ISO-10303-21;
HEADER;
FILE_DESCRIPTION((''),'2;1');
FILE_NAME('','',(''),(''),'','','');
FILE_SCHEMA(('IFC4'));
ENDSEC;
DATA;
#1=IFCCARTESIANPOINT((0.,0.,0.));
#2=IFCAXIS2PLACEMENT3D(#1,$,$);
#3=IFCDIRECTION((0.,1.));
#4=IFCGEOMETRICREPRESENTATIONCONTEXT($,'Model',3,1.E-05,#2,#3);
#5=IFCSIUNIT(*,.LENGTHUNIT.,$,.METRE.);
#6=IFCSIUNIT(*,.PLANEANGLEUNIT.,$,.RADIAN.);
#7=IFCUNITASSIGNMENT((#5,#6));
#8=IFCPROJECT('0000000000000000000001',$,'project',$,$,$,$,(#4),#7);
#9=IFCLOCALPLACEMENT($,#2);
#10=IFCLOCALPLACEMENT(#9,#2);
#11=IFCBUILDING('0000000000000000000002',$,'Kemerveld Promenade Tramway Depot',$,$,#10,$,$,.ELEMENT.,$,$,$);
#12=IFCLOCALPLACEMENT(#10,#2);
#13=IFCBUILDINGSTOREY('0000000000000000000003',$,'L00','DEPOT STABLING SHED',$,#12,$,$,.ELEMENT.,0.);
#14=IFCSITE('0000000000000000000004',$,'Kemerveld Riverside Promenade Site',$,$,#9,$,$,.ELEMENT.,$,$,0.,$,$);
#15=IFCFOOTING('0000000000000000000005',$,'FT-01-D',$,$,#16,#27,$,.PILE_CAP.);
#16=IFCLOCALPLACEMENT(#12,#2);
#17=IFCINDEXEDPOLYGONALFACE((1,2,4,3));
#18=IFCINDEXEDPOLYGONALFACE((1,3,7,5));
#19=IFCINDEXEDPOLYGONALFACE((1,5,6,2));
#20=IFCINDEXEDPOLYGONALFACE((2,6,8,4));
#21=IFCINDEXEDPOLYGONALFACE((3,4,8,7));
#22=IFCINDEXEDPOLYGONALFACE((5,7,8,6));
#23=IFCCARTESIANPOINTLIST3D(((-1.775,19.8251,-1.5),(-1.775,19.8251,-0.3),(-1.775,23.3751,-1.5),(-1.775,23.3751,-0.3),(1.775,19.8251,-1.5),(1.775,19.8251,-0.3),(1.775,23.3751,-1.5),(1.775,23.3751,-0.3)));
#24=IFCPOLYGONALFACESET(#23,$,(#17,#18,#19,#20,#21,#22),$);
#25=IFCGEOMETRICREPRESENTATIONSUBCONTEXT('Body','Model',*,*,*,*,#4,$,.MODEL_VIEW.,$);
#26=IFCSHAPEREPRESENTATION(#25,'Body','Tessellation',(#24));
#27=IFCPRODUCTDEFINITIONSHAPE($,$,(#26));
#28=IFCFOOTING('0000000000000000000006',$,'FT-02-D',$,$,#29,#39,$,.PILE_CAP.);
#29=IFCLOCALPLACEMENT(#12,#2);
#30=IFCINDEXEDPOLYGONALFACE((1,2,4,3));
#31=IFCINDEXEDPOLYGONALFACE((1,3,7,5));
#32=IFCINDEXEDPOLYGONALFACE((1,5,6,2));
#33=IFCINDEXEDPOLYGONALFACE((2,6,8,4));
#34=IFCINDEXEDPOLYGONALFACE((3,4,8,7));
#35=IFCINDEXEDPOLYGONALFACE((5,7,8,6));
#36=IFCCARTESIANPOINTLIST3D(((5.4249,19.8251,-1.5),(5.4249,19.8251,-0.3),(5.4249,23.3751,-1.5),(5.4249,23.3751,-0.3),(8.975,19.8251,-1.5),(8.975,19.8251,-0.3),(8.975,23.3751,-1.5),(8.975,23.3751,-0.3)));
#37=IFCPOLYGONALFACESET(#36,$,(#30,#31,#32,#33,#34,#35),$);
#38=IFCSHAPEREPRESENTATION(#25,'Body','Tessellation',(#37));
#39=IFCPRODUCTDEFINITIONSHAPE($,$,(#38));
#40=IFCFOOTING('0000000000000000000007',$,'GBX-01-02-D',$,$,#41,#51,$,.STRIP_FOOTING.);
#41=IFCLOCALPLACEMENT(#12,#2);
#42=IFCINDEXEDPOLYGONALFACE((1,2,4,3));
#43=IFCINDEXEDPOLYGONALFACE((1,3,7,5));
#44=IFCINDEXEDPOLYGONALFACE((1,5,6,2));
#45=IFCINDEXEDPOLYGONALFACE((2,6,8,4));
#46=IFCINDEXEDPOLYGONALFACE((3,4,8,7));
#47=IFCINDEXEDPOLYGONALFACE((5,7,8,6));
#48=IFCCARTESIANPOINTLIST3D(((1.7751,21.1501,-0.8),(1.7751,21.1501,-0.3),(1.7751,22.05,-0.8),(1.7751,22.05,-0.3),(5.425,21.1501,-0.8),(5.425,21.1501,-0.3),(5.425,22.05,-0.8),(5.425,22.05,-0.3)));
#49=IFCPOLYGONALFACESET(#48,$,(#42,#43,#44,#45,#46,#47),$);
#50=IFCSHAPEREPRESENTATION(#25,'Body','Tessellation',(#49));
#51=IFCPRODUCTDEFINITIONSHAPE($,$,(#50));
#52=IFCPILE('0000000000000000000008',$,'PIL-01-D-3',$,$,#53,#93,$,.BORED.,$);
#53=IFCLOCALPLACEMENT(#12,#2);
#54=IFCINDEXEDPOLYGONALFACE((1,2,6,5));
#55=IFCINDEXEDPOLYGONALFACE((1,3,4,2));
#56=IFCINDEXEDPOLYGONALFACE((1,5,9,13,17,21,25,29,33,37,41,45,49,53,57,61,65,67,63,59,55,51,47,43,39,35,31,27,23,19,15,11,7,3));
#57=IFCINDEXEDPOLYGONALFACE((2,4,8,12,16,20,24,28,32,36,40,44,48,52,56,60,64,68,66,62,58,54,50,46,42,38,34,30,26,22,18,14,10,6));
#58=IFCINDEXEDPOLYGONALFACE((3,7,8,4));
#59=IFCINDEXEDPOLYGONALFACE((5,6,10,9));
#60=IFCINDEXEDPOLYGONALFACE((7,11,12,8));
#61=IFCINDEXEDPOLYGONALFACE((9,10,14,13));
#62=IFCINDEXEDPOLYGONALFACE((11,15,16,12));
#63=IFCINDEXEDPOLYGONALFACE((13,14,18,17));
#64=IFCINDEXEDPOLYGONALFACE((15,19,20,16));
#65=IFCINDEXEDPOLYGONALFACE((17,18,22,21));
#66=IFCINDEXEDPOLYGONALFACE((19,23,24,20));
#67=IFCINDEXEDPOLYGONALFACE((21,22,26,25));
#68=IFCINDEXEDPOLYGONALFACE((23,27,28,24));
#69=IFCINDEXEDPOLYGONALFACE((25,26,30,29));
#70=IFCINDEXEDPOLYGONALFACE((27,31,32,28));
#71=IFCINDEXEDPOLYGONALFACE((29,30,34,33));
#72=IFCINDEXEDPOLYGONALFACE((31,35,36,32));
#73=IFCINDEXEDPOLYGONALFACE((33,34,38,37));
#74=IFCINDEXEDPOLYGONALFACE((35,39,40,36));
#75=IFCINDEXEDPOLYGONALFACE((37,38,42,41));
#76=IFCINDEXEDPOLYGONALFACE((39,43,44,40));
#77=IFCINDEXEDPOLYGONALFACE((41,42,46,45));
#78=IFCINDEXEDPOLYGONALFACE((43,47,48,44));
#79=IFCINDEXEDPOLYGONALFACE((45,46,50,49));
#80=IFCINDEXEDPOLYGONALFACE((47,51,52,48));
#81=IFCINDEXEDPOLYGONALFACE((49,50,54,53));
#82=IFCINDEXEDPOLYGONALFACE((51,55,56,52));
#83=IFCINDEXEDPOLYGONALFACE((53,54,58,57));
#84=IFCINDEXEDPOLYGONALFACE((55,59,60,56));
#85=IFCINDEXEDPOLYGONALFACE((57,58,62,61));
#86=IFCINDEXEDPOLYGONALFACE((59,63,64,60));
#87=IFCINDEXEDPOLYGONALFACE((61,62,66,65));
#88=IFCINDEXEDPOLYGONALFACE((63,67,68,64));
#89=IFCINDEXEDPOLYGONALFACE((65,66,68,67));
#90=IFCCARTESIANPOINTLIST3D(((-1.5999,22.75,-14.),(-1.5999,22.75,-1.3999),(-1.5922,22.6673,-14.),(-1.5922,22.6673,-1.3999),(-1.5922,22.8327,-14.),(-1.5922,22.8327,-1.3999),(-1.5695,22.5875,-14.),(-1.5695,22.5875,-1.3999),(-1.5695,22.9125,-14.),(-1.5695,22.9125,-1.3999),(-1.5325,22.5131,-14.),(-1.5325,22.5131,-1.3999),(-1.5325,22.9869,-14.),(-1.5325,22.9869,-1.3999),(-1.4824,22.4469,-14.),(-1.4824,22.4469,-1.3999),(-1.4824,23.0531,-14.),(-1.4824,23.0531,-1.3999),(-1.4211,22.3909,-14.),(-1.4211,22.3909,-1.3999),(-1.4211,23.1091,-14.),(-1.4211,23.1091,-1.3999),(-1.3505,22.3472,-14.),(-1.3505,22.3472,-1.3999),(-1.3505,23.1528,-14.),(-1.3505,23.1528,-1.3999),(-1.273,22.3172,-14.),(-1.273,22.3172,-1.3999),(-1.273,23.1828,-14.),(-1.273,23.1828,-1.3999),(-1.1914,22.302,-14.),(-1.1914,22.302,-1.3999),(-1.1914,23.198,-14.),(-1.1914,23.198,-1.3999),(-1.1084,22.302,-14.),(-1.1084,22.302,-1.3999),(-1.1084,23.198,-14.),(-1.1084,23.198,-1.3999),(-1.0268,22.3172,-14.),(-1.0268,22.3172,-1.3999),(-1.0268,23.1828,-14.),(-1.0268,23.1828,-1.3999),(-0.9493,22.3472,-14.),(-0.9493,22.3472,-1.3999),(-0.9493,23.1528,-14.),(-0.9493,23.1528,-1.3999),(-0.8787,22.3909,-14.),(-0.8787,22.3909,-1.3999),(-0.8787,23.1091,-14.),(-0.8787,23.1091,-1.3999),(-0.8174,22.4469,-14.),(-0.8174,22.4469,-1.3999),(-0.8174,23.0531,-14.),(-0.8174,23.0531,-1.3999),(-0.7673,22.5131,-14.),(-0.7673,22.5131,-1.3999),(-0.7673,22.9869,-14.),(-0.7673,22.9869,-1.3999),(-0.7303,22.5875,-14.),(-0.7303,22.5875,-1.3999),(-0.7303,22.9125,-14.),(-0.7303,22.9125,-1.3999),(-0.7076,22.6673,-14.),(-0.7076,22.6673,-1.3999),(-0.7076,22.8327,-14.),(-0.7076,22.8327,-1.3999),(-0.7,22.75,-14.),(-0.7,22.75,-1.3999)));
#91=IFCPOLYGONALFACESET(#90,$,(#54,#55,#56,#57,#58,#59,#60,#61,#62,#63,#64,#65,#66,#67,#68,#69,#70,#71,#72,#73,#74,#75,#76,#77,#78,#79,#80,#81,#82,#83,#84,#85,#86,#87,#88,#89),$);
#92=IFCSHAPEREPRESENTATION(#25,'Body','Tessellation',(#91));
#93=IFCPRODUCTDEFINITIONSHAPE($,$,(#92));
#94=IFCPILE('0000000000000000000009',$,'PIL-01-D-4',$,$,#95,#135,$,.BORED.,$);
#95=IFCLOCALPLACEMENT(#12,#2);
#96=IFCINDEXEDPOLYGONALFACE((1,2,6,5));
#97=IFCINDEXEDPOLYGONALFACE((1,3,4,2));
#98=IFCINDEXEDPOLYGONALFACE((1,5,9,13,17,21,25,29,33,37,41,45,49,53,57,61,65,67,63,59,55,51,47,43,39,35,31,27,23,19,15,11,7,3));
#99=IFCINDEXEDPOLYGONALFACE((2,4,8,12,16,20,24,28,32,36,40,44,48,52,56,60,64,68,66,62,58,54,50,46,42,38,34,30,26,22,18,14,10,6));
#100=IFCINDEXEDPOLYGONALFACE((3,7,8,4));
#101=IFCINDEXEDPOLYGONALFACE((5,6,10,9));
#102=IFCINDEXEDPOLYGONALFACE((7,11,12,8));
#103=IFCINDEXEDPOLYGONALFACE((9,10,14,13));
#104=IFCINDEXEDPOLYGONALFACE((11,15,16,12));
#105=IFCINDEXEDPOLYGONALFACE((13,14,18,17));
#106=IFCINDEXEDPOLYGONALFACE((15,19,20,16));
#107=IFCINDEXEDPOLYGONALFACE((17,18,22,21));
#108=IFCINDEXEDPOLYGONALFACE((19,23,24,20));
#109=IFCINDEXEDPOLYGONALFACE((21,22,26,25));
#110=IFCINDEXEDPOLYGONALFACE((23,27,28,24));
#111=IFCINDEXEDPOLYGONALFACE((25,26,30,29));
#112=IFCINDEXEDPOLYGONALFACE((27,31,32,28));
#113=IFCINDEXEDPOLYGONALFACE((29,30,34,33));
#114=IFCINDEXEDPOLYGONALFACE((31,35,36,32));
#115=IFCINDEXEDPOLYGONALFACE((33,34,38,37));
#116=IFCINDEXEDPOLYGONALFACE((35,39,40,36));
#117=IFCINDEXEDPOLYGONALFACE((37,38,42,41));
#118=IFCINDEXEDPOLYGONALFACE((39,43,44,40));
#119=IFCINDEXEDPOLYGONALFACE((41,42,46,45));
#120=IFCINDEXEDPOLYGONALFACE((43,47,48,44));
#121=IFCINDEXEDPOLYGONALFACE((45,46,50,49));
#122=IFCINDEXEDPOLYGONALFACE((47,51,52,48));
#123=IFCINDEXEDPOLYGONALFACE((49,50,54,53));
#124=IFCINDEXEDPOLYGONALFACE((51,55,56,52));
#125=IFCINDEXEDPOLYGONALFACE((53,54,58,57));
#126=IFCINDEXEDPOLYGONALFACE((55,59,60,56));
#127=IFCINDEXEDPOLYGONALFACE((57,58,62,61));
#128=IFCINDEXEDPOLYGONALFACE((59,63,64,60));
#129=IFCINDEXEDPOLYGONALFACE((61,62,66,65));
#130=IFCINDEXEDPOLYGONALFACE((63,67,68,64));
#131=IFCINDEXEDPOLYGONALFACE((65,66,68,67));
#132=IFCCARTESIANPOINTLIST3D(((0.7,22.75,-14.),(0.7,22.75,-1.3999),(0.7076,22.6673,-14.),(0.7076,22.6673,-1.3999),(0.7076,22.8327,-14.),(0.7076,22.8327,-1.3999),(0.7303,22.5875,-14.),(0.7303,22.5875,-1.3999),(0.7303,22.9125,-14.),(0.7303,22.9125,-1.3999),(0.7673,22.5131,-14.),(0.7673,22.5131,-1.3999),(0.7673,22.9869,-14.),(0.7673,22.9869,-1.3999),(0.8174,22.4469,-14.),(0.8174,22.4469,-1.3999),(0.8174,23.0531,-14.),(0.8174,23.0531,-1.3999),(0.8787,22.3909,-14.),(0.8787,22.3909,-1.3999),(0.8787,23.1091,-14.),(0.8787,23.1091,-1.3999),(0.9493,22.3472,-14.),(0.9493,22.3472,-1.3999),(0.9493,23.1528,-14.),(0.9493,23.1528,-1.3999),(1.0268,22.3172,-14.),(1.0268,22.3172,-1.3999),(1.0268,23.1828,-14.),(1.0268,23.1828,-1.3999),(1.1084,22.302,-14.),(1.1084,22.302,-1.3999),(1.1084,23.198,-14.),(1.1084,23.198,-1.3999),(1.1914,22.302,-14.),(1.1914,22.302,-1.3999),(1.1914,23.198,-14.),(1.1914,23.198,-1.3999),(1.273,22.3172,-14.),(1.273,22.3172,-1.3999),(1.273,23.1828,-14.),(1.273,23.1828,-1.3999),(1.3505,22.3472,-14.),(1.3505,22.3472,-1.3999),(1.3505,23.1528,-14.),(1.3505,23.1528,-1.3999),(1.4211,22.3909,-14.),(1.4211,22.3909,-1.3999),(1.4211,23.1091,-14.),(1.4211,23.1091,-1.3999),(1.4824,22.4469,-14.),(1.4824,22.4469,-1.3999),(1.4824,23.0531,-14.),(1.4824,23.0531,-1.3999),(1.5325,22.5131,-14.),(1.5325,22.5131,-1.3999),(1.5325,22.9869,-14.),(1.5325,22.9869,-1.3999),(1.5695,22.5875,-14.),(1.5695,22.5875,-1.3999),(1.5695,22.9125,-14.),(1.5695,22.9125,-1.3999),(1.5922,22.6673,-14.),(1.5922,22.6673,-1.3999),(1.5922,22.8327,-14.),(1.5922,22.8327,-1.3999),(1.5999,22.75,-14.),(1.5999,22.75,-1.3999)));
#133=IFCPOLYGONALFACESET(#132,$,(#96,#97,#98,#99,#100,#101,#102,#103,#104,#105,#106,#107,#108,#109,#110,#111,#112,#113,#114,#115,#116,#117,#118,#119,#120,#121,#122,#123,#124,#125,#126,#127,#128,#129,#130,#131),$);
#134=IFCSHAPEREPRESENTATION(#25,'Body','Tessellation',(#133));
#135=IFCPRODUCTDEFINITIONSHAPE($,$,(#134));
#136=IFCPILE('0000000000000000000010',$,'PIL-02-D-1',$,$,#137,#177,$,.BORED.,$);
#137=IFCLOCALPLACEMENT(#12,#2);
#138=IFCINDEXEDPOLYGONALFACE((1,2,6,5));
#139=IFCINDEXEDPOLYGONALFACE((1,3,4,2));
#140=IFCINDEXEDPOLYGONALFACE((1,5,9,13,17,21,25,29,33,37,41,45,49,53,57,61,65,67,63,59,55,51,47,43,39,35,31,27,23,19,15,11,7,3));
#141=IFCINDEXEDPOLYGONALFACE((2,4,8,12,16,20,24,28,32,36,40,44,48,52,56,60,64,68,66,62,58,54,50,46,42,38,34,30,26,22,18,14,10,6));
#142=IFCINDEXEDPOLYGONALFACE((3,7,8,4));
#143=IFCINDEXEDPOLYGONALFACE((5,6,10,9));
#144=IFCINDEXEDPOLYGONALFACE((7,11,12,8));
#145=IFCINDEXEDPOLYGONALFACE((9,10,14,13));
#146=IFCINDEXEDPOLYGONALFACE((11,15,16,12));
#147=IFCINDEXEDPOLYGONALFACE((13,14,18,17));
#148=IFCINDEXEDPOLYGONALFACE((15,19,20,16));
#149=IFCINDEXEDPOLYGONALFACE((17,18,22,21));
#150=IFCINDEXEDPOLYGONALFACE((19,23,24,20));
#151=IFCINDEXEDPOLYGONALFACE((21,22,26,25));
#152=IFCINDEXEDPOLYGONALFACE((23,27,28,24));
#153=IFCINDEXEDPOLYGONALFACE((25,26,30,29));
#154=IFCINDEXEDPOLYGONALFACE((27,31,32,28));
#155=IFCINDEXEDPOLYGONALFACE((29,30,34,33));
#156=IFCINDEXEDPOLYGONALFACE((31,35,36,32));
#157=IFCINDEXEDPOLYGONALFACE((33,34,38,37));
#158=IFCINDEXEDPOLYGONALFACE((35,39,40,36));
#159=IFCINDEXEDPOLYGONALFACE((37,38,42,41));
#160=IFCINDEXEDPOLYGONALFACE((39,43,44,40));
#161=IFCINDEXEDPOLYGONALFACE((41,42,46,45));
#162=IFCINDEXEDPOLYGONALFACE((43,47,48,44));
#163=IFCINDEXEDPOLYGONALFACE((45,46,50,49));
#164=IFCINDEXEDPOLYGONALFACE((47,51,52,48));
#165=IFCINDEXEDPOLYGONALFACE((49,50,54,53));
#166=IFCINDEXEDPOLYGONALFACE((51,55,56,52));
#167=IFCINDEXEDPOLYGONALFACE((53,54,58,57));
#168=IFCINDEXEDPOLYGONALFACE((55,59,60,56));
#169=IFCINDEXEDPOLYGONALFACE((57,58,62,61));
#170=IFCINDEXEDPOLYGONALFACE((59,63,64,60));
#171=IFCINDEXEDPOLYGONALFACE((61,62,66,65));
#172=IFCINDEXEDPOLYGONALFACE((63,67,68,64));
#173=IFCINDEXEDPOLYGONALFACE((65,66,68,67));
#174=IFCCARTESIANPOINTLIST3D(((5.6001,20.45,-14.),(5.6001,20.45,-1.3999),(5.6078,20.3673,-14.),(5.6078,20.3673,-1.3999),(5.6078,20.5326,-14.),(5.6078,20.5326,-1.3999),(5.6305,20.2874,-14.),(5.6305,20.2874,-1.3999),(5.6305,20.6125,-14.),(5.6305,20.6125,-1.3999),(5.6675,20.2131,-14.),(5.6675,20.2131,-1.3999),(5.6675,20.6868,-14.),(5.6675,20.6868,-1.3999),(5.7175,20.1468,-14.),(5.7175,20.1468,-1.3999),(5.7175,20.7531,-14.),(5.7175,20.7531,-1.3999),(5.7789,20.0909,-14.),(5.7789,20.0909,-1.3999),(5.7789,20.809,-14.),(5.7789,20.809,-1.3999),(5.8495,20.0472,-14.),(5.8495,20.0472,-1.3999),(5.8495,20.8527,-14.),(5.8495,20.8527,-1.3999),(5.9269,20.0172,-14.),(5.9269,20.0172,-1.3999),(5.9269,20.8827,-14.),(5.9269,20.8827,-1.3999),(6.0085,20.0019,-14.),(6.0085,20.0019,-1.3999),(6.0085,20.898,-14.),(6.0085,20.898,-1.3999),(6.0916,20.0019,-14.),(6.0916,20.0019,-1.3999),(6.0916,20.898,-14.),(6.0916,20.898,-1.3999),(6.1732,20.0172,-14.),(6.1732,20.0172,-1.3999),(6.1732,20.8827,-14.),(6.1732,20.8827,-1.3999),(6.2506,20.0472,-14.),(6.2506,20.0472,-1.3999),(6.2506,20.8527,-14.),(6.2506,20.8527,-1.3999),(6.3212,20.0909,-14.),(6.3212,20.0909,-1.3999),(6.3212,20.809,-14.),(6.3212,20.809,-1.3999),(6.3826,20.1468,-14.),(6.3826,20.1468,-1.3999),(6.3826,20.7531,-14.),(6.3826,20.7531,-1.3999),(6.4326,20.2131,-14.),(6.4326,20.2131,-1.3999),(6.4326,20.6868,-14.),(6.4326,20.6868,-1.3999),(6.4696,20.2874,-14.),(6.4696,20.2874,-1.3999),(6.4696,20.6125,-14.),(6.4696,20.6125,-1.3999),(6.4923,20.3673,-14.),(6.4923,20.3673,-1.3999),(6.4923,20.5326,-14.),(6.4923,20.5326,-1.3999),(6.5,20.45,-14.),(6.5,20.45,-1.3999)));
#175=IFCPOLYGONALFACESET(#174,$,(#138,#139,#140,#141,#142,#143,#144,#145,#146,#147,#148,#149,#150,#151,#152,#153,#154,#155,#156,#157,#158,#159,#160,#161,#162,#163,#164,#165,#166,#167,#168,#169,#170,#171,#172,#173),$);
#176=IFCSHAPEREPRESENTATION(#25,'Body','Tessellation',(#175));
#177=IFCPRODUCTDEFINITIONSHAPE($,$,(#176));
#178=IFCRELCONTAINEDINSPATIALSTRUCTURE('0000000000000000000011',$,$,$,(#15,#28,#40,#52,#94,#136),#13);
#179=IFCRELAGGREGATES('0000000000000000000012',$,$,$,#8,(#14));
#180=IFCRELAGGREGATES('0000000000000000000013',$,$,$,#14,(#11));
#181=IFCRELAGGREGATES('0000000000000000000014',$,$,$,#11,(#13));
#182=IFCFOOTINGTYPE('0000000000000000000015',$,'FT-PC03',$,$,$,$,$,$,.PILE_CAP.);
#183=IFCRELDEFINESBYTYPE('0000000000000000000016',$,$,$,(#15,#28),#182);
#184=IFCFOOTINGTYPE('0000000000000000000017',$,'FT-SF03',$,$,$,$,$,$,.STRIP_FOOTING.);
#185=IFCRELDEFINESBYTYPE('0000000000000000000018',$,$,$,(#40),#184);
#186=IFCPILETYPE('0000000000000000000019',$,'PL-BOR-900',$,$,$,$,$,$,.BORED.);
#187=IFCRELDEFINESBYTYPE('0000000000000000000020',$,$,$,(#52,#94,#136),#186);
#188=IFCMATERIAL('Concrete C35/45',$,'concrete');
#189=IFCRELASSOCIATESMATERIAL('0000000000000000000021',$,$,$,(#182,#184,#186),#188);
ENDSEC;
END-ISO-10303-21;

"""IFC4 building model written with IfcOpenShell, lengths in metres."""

from ifc_helpers import new_model, si_unit, direction, frame, origin, origin_2d, place, context, subcontext, project, spatial, rectangle, circle, extrude, material, material_profile, profile_set, type_object, element, save


model = new_model("IFC4")

# Units and contexts
model_context = context("Model", 3, precision=1e-05, world=origin(), true_north=direction((0.0, 1.0)))
body_context = subcontext(model_context, "Body", "Model", "MODEL_VIEW")
ifc_project = project(units=[si_unit("LENGTHUNIT", "METRE"), si_unit("PLANEANGLEUNIT", "RADIAN")], contexts=[model_context])

# Site, building, storey
site_placement = place(None, origin())
site = spatial("IfcSite", under=ifc_project, at=site_placement, Name="Kemerveld Riverside Promenade Site", CompositionType="ELEMENT", RefElevation=0.0)
building_placement = place(site_placement, origin())
building = spatial("IfcBuilding", under=site, at=building_placement, Name="Kemerveld Promenade Tramway Depot", CompositionType="ELEMENT")
storey_placement = place(building_placement, origin())
storey = spatial("IfcBuildingStorey", under=building, at=storey_placement, Name="L00", Description="DEPOT STABLING SHED", CompositionType="ELEMENT", Elevation=0.0)

# Footings
ifc_material_1 = material(Name="Concrete C35/45", Category="concrete")
footing_type_1 = type_object("IfcFootingType", Name="FT-PC03", PredefinedType="PILE_CAP", material=ifc_material_1)
for number, where, z_axis, x_axis, name in (
    (1, (0.0, 21.6001, -1.5), (0.0, 0.0, 1.0), (1.0, 0.0, 0.0), "FT-01-D"),
    (2, (7.2, 21.6001, -1.5), (0.0, 0.0, 1.0), (1.0, 0.0, 0.0), "FT-02-D"),
):
    element("IfcFooting", number, at=place(storey_placement, frame(where, z_axis=z_axis, x_axis=x_axis)), inside=storey, type_object=footing_type_1, Name=name, PredefinedType="PILE_CAP", context=body_context, shape_type="SweptSolid", body=[
        extrude(rectangle(XDim=3.55, YDim=3.55, at=origin_2d()), origin(), (0.0, 0.0, 1.0), 1.2),
    ])
footing_type_2 = type_object("IfcFootingType", Name="FT-SF03", PredefinedType="STRIP_FOOTING", material=ifc_material_1)
footing_placement = place(storey_placement, frame((3.6001, 21.6001, -0.8), z_axis=(0.0, 0.0, 1.0), x_axis=(1.0, 0.0, 0.0)))
element("IfcFooting", 3, at=footing_placement, inside=storey, type_object=footing_type_2, Name="GBX-01-02-D", PredefinedType="STRIP_FOOTING", context=body_context, shape_type="SweptSolid", body=[
    extrude(rectangle(XDim=3.6499, YDim=0.8999, at=origin_2d()), origin(), (0.0, 0.0, 1.0), 0.5),
])

# Piles
ifc_material_profile_1 = material_profile(ifc_material_1, circle(Radius=0.45, at=origin_2d()), Name="PILE-D900")
ifc_profile_set_1 = profile_set([ifc_material_profile_1], Name="Concrete C35/45")
pile_type = type_object("IfcPileType", Name="PL-BOR-900", PredefinedType="BORED", material=ifc_profile_set_1)
for number, where, z_axis, x_axis, name in (
    (4, (-1.1499, 22.75, -1.3999), (0.0, 0.0, -1.0), (1.0, 0.0, 0.0), "PIL-01-D-3"),
    (5, (1.1499, 22.75, -1.3999), (0.0, 0.0, -1.0), (1.0, 0.0, 0.0), "PIL-01-D-4"),
    (6, (6.05, 20.45, -1.3999), (0.0, 0.0, -1.0), (1.0, 0.0, 0.0), "PIL-02-D-1"),
):
    element("IfcPile", number, at=place(storey_placement, frame(where, z_axis=z_axis, x_axis=x_axis)), inside=storey, type_object=pile_type, Name=name, PredefinedType="BORED", context=body_context, shape_type="SweptSolid", body=[
        extrude(circle(Radius=0.45, at=origin_2d()), origin(), (0.0, 0.0, 1.0), 12.6001),
    ])

save(model, "model.ifc")
